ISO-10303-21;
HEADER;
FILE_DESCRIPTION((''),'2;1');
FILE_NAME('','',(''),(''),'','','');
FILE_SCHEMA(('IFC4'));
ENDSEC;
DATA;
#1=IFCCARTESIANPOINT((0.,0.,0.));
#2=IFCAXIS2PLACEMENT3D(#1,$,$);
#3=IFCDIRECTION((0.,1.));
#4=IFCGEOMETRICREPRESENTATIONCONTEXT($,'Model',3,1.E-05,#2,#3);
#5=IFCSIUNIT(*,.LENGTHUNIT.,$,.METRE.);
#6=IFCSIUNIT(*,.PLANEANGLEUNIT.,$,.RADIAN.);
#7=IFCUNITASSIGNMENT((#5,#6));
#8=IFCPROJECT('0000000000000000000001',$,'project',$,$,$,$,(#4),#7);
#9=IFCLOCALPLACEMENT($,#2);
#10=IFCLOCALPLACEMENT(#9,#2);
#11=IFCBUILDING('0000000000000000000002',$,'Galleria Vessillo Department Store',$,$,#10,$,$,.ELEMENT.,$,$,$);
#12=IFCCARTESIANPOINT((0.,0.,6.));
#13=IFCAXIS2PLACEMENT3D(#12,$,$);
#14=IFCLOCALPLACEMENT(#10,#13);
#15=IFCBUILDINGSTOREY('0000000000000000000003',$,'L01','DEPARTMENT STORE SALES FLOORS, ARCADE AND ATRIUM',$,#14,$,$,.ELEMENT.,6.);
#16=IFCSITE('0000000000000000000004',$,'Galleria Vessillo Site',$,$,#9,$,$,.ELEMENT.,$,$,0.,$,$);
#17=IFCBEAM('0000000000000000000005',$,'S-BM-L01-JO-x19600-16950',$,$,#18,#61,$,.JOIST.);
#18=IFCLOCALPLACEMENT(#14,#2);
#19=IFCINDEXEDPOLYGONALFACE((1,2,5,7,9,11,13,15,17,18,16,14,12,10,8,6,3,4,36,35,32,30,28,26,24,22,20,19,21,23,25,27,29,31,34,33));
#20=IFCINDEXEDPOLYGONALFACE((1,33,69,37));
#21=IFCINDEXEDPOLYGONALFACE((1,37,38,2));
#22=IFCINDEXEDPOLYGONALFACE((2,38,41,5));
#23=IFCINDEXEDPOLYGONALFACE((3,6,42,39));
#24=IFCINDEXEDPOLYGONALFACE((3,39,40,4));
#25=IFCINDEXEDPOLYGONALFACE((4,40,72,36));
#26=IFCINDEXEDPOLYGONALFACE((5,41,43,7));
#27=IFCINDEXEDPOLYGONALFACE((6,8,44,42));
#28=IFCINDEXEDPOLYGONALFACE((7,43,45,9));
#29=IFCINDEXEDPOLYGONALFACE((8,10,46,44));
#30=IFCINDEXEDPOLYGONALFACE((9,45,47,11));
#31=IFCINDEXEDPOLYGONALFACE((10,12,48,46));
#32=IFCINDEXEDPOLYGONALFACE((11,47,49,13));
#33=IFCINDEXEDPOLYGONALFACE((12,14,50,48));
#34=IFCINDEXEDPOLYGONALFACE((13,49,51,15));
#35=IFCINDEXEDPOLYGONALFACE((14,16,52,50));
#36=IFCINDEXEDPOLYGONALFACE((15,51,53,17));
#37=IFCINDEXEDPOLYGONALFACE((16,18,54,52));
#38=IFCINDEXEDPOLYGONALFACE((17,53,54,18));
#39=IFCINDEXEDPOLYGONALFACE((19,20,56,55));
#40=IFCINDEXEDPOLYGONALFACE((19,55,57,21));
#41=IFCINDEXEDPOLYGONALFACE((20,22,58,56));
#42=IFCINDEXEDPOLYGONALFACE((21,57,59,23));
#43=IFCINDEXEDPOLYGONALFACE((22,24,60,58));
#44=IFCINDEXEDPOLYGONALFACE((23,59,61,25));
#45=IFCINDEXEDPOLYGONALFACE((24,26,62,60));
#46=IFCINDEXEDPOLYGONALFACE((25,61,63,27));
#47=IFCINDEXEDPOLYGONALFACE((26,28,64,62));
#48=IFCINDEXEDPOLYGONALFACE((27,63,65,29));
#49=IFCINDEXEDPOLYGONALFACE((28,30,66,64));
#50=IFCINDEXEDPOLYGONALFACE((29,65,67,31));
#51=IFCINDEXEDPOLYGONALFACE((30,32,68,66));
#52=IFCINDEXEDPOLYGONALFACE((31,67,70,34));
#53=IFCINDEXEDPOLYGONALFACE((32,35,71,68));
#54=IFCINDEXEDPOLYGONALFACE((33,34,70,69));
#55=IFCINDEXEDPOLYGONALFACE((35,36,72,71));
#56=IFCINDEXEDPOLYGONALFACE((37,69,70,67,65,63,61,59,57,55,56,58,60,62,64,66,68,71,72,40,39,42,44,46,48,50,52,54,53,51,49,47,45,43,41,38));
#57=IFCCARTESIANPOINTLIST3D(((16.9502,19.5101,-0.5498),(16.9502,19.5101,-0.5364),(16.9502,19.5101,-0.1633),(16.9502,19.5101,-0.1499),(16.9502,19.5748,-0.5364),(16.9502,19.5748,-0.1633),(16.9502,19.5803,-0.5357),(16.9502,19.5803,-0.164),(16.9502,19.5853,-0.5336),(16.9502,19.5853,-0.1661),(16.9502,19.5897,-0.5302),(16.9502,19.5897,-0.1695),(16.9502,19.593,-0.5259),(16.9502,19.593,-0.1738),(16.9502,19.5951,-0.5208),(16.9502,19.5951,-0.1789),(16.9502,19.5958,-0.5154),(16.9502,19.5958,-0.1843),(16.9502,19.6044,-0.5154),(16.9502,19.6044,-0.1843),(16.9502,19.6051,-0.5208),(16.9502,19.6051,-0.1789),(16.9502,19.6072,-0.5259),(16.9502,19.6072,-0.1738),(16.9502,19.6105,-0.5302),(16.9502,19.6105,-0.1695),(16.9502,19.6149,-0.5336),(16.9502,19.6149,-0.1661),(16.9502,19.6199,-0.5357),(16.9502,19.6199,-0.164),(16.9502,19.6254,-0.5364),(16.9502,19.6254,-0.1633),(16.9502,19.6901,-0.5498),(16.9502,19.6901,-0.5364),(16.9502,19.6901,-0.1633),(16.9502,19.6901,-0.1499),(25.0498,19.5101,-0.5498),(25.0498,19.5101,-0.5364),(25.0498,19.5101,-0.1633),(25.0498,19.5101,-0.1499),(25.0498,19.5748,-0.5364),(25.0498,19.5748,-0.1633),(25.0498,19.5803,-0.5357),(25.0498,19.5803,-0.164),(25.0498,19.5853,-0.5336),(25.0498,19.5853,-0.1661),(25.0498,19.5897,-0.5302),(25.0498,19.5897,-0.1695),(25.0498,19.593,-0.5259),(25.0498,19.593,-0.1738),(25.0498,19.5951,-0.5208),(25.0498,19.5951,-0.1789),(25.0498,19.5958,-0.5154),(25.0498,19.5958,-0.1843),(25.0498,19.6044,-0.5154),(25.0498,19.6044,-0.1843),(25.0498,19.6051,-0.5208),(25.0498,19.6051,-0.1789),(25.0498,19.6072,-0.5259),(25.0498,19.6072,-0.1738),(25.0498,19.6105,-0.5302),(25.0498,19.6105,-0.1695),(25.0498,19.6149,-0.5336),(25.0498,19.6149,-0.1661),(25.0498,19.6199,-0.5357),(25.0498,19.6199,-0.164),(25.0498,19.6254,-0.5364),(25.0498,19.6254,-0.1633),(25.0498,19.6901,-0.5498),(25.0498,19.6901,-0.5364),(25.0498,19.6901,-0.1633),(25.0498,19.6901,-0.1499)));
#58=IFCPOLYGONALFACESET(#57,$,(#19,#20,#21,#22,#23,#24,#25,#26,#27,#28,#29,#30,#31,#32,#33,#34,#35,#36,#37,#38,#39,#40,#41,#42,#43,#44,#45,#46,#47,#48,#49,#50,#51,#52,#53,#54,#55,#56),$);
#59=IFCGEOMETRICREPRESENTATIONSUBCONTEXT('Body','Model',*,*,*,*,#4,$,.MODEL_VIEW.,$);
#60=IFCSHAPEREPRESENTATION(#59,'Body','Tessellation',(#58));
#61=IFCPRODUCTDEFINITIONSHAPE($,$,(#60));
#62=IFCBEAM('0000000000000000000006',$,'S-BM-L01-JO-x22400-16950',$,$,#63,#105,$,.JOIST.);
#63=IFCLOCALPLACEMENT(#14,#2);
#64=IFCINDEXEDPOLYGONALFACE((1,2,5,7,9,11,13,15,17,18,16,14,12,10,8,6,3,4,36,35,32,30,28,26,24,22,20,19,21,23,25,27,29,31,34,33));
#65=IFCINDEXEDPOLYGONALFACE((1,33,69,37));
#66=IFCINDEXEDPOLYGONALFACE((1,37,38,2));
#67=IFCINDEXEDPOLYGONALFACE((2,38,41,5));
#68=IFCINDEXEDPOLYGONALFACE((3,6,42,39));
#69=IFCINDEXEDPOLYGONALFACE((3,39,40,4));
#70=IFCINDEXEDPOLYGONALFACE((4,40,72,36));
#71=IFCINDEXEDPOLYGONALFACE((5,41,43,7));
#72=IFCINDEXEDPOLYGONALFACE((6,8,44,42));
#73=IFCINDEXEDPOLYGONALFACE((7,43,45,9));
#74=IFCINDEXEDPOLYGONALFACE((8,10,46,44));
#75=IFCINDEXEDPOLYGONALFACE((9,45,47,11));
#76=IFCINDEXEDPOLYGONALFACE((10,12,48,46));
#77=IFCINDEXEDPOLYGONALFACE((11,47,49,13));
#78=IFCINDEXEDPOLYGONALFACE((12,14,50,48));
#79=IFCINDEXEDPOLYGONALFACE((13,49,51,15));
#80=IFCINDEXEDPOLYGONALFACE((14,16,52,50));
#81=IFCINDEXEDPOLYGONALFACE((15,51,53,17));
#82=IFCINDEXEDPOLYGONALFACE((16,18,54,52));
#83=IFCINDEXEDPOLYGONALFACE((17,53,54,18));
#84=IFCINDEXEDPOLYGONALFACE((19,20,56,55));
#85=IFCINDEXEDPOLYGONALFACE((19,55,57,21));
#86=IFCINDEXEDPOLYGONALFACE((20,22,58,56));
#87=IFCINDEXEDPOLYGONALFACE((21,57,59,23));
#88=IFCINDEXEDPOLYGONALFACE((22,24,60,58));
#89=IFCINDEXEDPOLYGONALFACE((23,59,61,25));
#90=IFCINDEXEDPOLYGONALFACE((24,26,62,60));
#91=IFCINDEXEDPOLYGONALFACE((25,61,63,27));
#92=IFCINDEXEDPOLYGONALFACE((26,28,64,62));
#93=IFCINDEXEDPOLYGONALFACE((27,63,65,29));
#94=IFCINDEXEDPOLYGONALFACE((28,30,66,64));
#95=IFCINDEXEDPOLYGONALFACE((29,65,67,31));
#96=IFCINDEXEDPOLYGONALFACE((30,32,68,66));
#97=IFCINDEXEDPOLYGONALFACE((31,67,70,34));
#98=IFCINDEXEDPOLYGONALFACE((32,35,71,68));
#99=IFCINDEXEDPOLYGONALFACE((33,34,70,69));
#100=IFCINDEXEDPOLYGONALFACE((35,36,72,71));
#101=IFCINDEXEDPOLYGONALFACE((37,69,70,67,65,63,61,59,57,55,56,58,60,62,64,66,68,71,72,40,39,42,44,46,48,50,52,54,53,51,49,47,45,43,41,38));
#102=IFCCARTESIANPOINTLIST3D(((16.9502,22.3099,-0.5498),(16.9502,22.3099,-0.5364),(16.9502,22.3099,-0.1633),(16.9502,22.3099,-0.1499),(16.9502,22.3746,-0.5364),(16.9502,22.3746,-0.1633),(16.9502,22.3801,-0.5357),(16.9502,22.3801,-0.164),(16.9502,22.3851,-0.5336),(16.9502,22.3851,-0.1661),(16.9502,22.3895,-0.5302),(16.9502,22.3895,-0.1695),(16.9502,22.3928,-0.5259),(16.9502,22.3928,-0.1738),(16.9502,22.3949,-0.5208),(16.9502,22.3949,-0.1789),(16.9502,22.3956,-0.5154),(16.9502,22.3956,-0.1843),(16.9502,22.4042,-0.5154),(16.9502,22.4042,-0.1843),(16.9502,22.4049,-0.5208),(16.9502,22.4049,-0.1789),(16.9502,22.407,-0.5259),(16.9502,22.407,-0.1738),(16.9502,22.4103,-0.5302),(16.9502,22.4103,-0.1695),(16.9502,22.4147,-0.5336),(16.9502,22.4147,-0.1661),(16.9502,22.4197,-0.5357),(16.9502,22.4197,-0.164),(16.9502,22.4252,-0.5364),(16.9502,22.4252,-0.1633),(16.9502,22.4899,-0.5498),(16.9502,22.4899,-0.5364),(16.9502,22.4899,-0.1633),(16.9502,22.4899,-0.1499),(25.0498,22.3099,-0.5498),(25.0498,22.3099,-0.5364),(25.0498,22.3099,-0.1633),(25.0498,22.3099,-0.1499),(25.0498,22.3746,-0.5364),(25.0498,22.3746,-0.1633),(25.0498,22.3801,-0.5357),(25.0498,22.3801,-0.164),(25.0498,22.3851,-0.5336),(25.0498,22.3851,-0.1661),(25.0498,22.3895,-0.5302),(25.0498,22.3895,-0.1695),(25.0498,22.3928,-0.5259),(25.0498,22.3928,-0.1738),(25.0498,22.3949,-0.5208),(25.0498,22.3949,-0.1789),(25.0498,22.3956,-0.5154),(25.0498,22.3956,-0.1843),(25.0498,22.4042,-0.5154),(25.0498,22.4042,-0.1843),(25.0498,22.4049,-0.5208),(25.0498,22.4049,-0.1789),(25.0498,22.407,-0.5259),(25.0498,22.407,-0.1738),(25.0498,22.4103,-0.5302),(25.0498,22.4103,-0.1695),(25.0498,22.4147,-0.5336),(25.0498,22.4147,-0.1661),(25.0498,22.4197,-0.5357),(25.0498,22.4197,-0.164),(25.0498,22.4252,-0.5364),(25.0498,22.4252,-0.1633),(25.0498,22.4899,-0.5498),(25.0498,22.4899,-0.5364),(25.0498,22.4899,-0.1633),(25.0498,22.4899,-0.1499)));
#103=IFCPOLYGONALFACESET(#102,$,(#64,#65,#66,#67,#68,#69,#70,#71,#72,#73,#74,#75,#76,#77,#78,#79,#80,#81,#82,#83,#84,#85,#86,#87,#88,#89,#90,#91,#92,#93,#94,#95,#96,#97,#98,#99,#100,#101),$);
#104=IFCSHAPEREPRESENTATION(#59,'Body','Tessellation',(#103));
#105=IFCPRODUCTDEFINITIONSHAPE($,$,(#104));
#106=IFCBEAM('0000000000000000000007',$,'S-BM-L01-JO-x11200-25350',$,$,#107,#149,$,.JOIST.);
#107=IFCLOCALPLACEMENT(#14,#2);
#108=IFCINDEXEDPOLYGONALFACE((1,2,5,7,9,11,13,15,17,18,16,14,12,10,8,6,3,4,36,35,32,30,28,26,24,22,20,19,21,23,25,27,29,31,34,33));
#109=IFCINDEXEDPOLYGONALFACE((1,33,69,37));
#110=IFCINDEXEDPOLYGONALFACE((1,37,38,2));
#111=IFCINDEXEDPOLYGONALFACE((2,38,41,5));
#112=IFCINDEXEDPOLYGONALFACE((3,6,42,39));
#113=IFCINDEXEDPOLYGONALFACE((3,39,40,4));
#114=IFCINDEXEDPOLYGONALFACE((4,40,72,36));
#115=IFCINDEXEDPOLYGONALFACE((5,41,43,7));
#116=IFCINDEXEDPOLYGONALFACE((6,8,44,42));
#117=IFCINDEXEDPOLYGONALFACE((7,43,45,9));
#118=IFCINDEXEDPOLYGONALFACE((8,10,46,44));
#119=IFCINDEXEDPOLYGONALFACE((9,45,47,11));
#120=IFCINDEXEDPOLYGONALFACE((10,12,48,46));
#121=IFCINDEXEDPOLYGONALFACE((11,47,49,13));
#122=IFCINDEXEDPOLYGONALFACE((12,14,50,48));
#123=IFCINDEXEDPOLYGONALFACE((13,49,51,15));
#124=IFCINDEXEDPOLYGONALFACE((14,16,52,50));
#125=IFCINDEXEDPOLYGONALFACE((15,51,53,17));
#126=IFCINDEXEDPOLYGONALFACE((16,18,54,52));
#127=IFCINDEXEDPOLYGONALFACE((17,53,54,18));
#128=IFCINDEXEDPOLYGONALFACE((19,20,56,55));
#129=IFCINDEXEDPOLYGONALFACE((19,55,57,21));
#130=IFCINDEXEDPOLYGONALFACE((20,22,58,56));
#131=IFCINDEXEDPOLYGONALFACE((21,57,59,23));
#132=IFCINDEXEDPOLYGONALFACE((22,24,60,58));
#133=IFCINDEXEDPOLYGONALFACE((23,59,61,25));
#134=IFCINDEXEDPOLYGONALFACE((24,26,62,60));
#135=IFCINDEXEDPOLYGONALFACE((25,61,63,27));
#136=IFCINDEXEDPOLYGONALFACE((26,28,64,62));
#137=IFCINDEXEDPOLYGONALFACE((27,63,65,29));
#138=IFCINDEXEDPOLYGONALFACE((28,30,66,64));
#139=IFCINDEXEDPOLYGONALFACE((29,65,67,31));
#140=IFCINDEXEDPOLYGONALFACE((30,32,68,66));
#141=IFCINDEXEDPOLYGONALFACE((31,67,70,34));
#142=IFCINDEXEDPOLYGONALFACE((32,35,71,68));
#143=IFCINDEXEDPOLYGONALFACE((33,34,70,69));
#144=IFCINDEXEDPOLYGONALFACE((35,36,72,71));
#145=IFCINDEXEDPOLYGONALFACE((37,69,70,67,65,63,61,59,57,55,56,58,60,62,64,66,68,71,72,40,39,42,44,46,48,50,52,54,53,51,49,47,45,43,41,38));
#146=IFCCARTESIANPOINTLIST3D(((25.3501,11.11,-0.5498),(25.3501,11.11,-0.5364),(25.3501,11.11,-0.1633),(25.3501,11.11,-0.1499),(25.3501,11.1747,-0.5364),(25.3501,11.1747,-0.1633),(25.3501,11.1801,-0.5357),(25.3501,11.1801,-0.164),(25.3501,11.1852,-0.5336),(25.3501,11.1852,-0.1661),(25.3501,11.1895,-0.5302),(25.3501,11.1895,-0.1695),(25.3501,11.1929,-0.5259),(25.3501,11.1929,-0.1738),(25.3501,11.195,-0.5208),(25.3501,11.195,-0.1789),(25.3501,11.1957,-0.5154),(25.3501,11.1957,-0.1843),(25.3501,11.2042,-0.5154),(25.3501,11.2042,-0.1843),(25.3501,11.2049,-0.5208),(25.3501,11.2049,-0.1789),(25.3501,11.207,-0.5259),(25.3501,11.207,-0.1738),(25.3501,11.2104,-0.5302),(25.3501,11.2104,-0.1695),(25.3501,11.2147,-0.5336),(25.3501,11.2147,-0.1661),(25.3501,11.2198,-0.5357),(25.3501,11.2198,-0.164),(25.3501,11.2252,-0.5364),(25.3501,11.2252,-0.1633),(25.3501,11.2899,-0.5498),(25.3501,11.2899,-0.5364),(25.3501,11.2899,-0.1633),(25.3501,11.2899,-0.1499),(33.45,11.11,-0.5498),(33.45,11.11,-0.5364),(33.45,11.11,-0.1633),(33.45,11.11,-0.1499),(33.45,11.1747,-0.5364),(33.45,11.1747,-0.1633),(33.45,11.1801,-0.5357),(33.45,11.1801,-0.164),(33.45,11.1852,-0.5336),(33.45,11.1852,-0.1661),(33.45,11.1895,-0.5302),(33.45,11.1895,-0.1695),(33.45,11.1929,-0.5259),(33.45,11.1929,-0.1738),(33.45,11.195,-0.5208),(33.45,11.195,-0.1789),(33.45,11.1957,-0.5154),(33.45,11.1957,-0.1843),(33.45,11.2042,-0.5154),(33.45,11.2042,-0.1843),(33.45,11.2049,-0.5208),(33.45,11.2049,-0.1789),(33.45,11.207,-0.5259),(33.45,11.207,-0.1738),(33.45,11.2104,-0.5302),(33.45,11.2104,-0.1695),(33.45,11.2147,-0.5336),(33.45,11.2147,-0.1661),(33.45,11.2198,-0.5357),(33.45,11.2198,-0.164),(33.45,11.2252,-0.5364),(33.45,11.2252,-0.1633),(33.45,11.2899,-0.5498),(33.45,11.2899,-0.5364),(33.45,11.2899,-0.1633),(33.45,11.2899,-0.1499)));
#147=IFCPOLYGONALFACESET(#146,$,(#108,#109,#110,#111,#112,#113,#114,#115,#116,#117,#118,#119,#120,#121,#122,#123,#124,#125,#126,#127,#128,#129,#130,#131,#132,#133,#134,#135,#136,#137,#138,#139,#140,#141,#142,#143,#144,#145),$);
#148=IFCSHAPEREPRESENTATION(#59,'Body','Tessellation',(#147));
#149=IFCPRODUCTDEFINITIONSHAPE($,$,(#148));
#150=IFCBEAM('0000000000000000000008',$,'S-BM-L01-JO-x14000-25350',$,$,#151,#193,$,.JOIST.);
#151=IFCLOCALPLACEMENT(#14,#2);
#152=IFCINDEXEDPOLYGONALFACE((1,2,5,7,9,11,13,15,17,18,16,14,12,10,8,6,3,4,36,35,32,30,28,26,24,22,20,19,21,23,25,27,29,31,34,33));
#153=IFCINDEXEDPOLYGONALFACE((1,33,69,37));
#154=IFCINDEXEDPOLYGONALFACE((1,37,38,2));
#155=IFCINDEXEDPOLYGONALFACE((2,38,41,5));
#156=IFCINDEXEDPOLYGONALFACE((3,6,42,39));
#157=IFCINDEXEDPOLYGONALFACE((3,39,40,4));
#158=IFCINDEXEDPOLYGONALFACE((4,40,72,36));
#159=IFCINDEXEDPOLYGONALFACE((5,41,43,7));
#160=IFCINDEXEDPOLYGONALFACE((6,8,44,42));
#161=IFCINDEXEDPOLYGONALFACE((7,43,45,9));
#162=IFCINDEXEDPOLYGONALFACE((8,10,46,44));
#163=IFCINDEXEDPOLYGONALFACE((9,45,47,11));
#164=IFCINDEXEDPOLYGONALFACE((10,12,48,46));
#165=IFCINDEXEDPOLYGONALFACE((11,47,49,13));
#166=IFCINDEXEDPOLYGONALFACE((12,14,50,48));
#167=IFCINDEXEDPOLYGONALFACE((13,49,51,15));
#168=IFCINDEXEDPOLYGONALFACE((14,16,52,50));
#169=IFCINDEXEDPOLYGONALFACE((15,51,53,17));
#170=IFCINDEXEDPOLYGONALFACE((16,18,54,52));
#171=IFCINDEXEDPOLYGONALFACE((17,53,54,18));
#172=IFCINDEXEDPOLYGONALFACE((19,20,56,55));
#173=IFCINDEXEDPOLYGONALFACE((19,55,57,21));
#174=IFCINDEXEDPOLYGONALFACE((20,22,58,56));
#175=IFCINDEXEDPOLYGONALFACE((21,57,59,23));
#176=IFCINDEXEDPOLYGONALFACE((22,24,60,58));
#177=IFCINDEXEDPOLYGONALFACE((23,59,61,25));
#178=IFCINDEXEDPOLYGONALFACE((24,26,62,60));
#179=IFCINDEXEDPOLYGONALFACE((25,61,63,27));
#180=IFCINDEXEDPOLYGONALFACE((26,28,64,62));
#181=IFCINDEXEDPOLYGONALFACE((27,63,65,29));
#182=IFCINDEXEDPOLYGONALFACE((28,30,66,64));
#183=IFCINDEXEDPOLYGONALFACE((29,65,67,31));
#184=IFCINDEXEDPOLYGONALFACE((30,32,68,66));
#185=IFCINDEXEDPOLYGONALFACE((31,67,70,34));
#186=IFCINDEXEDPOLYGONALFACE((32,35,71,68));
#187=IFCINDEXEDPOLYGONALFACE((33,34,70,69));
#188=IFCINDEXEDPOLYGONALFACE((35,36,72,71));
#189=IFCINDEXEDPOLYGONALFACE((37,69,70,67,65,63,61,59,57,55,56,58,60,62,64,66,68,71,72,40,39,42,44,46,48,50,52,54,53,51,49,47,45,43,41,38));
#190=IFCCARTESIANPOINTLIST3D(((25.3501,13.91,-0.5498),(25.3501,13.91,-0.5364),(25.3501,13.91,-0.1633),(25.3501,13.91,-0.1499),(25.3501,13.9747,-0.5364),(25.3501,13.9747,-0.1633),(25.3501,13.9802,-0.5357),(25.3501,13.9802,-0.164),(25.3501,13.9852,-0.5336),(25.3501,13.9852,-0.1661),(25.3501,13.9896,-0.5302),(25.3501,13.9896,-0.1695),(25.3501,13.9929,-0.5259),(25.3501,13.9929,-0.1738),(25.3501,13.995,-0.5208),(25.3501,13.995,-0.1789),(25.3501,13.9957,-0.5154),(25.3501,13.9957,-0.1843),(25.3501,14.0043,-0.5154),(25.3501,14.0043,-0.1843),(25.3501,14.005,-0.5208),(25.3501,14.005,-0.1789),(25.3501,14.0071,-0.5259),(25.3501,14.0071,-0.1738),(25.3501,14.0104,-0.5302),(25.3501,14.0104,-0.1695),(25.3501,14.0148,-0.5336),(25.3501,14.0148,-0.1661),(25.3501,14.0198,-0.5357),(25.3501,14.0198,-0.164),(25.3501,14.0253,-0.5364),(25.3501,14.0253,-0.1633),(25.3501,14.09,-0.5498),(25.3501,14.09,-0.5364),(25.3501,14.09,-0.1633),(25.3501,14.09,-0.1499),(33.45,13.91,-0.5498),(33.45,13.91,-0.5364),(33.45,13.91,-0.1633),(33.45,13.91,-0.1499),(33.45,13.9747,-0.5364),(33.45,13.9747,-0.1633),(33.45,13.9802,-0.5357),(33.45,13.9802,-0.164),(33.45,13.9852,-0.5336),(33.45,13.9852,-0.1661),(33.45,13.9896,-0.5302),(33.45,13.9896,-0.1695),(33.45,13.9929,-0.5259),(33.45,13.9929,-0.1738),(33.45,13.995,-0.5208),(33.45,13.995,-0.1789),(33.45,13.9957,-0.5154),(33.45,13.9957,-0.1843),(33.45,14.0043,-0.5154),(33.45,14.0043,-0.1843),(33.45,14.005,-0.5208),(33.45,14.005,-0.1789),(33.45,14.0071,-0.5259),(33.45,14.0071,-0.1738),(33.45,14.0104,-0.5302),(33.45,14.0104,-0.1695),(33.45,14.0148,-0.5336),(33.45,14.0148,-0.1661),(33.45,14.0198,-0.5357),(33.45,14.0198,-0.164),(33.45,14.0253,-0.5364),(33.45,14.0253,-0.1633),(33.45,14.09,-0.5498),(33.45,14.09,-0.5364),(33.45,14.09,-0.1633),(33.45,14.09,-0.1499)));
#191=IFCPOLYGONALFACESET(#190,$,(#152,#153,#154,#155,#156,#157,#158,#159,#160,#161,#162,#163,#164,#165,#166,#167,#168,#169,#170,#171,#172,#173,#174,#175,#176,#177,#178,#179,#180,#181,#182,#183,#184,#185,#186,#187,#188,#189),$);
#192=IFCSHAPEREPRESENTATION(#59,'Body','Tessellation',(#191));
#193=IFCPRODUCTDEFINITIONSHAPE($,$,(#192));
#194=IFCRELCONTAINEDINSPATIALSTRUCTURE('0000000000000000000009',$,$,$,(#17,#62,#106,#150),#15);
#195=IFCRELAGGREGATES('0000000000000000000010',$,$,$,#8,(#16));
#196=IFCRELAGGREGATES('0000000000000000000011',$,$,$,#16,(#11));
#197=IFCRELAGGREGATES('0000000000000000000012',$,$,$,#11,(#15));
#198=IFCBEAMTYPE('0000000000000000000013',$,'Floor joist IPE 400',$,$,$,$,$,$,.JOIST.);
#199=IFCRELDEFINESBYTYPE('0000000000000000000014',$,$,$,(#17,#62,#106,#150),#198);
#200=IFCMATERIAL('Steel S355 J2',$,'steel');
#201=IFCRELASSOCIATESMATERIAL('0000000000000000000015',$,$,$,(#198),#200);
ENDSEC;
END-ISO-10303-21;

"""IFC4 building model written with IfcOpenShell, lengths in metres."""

from ifc_helpers import new_model, si_unit, direction, frame, origin, origin_2d, place, context, subcontext, project, spatial, i_section, extrude, material, material_profile, profile_set, type_object, element, save


model = new_model("IFC4")

# Units and contexts
model_context = context("Model", 3, precision=1e-05, world=origin(), true_north=direction((0.0, 1.0)))
body_context = subcontext(model_context, "Body", "Model", "MODEL_VIEW")
ifc_project = project(units=[si_unit("LENGTHUNIT", "METRE"), si_unit("PLANEANGLEUNIT", "RADIAN")], contexts=[model_context])

# Site, building, storey
site_placement = place(None, origin())
site = spatial("IfcSite", under=ifc_project, at=site_placement, Name="Galleria Vessillo Site", CompositionType="ELEMENT", RefElevation=0.0)
building_placement = place(site_placement, origin())
building = spatial("IfcBuilding", under=site, at=building_placement, Name="Galleria Vessillo Department Store", CompositionType="ELEMENT")
storey_placement = place(building_placement, frame((0.0, 0.0, 6.0)))
storey = spatial("IfcBuildingStorey", under=building, at=storey_placement, Name="L01", Description="DEPARTMENT STORE SALES FLOORS, ARCADE AND ATRIUM", CompositionType="ELEMENT", Elevation=6.0)

# Beams
ifc_material_1 = material(Name="Steel S355 J2", Category="steel")
ifc_material_profile_1 = material_profile(ifc_material_1, i_section(OverallWidth=0.1799, OverallDepth=0.3999, WebThickness=0.0085, FlangeThickness=0.0134, FilletRadius=0.021, at=origin_2d()), Name="IPE 400")
ifc_profile_set_1 = profile_set([ifc_material_profile_1], Name="Steel S355 J2")
beam_type_1 = type_object("IfcBeamType", Name="Floor joist IPE 400", PredefinedType="JOIST", material=ifc_profile_set_1)
for number, where, z_axis, x_axis, name in (
    (1, (16.9502, 19.6001, -0.3499), (1.0, 0.0, 0.0), (0.0, 1.0, 0.0), "S-BM-L01-JO-x19600-16950"),
    (2, (16.9502, 22.3999, -0.3499), (1.0, 0.0, 0.0), (0.0, 1.0, 0.0), "S-BM-L01-JO-x22400-16950"),
):
    element("IfcBeam", number, at=place(storey_placement, frame(where, z_axis=z_axis, x_axis=x_axis)), inside=storey, type_object=beam_type_1, Name=name, PredefinedType="JOIST", context=body_context, shape_type="SweptSolid", body=[
        extrude(i_section(OverallWidth=0.1799, OverallDepth=0.3999, WebThickness=0.0085, FlangeThickness=0.0134, FilletRadius=0.021, at=origin_2d()), origin(), (0.0, 0.0, 1.0), 8.0996),
    ])
for number, where, z_axis, x_axis, name in (
    (3, (25.3501, 11.2, -0.3499), (1.0, 0.0, 0.0), (0.0, 1.0, 0.0), "S-BM-L01-JO-x11200-25350"),
    (4, (25.3501, 14.0, -0.3499), (1.0, 0.0, 0.0), (0.0, 1.0, 0.0), "S-BM-L01-JO-x14000-25350"),
):
    element("IfcBeam", number, at=place(storey_placement, frame(where, z_axis=z_axis, x_axis=x_axis)), inside=storey, type_object=beam_type_1, Name=name, PredefinedType="JOIST", context=body_context, shape_type="SweptSolid", body=[
        extrude(i_section(OverallWidth=0.1799, OverallDepth=0.3999, WebThickness=0.0085, FlangeThickness=0.0134, FilletRadius=0.021, at=origin_2d()), origin(), (0.0, 0.0, 1.0), 8.0999),
    ])

save(model, "model.ifc")
